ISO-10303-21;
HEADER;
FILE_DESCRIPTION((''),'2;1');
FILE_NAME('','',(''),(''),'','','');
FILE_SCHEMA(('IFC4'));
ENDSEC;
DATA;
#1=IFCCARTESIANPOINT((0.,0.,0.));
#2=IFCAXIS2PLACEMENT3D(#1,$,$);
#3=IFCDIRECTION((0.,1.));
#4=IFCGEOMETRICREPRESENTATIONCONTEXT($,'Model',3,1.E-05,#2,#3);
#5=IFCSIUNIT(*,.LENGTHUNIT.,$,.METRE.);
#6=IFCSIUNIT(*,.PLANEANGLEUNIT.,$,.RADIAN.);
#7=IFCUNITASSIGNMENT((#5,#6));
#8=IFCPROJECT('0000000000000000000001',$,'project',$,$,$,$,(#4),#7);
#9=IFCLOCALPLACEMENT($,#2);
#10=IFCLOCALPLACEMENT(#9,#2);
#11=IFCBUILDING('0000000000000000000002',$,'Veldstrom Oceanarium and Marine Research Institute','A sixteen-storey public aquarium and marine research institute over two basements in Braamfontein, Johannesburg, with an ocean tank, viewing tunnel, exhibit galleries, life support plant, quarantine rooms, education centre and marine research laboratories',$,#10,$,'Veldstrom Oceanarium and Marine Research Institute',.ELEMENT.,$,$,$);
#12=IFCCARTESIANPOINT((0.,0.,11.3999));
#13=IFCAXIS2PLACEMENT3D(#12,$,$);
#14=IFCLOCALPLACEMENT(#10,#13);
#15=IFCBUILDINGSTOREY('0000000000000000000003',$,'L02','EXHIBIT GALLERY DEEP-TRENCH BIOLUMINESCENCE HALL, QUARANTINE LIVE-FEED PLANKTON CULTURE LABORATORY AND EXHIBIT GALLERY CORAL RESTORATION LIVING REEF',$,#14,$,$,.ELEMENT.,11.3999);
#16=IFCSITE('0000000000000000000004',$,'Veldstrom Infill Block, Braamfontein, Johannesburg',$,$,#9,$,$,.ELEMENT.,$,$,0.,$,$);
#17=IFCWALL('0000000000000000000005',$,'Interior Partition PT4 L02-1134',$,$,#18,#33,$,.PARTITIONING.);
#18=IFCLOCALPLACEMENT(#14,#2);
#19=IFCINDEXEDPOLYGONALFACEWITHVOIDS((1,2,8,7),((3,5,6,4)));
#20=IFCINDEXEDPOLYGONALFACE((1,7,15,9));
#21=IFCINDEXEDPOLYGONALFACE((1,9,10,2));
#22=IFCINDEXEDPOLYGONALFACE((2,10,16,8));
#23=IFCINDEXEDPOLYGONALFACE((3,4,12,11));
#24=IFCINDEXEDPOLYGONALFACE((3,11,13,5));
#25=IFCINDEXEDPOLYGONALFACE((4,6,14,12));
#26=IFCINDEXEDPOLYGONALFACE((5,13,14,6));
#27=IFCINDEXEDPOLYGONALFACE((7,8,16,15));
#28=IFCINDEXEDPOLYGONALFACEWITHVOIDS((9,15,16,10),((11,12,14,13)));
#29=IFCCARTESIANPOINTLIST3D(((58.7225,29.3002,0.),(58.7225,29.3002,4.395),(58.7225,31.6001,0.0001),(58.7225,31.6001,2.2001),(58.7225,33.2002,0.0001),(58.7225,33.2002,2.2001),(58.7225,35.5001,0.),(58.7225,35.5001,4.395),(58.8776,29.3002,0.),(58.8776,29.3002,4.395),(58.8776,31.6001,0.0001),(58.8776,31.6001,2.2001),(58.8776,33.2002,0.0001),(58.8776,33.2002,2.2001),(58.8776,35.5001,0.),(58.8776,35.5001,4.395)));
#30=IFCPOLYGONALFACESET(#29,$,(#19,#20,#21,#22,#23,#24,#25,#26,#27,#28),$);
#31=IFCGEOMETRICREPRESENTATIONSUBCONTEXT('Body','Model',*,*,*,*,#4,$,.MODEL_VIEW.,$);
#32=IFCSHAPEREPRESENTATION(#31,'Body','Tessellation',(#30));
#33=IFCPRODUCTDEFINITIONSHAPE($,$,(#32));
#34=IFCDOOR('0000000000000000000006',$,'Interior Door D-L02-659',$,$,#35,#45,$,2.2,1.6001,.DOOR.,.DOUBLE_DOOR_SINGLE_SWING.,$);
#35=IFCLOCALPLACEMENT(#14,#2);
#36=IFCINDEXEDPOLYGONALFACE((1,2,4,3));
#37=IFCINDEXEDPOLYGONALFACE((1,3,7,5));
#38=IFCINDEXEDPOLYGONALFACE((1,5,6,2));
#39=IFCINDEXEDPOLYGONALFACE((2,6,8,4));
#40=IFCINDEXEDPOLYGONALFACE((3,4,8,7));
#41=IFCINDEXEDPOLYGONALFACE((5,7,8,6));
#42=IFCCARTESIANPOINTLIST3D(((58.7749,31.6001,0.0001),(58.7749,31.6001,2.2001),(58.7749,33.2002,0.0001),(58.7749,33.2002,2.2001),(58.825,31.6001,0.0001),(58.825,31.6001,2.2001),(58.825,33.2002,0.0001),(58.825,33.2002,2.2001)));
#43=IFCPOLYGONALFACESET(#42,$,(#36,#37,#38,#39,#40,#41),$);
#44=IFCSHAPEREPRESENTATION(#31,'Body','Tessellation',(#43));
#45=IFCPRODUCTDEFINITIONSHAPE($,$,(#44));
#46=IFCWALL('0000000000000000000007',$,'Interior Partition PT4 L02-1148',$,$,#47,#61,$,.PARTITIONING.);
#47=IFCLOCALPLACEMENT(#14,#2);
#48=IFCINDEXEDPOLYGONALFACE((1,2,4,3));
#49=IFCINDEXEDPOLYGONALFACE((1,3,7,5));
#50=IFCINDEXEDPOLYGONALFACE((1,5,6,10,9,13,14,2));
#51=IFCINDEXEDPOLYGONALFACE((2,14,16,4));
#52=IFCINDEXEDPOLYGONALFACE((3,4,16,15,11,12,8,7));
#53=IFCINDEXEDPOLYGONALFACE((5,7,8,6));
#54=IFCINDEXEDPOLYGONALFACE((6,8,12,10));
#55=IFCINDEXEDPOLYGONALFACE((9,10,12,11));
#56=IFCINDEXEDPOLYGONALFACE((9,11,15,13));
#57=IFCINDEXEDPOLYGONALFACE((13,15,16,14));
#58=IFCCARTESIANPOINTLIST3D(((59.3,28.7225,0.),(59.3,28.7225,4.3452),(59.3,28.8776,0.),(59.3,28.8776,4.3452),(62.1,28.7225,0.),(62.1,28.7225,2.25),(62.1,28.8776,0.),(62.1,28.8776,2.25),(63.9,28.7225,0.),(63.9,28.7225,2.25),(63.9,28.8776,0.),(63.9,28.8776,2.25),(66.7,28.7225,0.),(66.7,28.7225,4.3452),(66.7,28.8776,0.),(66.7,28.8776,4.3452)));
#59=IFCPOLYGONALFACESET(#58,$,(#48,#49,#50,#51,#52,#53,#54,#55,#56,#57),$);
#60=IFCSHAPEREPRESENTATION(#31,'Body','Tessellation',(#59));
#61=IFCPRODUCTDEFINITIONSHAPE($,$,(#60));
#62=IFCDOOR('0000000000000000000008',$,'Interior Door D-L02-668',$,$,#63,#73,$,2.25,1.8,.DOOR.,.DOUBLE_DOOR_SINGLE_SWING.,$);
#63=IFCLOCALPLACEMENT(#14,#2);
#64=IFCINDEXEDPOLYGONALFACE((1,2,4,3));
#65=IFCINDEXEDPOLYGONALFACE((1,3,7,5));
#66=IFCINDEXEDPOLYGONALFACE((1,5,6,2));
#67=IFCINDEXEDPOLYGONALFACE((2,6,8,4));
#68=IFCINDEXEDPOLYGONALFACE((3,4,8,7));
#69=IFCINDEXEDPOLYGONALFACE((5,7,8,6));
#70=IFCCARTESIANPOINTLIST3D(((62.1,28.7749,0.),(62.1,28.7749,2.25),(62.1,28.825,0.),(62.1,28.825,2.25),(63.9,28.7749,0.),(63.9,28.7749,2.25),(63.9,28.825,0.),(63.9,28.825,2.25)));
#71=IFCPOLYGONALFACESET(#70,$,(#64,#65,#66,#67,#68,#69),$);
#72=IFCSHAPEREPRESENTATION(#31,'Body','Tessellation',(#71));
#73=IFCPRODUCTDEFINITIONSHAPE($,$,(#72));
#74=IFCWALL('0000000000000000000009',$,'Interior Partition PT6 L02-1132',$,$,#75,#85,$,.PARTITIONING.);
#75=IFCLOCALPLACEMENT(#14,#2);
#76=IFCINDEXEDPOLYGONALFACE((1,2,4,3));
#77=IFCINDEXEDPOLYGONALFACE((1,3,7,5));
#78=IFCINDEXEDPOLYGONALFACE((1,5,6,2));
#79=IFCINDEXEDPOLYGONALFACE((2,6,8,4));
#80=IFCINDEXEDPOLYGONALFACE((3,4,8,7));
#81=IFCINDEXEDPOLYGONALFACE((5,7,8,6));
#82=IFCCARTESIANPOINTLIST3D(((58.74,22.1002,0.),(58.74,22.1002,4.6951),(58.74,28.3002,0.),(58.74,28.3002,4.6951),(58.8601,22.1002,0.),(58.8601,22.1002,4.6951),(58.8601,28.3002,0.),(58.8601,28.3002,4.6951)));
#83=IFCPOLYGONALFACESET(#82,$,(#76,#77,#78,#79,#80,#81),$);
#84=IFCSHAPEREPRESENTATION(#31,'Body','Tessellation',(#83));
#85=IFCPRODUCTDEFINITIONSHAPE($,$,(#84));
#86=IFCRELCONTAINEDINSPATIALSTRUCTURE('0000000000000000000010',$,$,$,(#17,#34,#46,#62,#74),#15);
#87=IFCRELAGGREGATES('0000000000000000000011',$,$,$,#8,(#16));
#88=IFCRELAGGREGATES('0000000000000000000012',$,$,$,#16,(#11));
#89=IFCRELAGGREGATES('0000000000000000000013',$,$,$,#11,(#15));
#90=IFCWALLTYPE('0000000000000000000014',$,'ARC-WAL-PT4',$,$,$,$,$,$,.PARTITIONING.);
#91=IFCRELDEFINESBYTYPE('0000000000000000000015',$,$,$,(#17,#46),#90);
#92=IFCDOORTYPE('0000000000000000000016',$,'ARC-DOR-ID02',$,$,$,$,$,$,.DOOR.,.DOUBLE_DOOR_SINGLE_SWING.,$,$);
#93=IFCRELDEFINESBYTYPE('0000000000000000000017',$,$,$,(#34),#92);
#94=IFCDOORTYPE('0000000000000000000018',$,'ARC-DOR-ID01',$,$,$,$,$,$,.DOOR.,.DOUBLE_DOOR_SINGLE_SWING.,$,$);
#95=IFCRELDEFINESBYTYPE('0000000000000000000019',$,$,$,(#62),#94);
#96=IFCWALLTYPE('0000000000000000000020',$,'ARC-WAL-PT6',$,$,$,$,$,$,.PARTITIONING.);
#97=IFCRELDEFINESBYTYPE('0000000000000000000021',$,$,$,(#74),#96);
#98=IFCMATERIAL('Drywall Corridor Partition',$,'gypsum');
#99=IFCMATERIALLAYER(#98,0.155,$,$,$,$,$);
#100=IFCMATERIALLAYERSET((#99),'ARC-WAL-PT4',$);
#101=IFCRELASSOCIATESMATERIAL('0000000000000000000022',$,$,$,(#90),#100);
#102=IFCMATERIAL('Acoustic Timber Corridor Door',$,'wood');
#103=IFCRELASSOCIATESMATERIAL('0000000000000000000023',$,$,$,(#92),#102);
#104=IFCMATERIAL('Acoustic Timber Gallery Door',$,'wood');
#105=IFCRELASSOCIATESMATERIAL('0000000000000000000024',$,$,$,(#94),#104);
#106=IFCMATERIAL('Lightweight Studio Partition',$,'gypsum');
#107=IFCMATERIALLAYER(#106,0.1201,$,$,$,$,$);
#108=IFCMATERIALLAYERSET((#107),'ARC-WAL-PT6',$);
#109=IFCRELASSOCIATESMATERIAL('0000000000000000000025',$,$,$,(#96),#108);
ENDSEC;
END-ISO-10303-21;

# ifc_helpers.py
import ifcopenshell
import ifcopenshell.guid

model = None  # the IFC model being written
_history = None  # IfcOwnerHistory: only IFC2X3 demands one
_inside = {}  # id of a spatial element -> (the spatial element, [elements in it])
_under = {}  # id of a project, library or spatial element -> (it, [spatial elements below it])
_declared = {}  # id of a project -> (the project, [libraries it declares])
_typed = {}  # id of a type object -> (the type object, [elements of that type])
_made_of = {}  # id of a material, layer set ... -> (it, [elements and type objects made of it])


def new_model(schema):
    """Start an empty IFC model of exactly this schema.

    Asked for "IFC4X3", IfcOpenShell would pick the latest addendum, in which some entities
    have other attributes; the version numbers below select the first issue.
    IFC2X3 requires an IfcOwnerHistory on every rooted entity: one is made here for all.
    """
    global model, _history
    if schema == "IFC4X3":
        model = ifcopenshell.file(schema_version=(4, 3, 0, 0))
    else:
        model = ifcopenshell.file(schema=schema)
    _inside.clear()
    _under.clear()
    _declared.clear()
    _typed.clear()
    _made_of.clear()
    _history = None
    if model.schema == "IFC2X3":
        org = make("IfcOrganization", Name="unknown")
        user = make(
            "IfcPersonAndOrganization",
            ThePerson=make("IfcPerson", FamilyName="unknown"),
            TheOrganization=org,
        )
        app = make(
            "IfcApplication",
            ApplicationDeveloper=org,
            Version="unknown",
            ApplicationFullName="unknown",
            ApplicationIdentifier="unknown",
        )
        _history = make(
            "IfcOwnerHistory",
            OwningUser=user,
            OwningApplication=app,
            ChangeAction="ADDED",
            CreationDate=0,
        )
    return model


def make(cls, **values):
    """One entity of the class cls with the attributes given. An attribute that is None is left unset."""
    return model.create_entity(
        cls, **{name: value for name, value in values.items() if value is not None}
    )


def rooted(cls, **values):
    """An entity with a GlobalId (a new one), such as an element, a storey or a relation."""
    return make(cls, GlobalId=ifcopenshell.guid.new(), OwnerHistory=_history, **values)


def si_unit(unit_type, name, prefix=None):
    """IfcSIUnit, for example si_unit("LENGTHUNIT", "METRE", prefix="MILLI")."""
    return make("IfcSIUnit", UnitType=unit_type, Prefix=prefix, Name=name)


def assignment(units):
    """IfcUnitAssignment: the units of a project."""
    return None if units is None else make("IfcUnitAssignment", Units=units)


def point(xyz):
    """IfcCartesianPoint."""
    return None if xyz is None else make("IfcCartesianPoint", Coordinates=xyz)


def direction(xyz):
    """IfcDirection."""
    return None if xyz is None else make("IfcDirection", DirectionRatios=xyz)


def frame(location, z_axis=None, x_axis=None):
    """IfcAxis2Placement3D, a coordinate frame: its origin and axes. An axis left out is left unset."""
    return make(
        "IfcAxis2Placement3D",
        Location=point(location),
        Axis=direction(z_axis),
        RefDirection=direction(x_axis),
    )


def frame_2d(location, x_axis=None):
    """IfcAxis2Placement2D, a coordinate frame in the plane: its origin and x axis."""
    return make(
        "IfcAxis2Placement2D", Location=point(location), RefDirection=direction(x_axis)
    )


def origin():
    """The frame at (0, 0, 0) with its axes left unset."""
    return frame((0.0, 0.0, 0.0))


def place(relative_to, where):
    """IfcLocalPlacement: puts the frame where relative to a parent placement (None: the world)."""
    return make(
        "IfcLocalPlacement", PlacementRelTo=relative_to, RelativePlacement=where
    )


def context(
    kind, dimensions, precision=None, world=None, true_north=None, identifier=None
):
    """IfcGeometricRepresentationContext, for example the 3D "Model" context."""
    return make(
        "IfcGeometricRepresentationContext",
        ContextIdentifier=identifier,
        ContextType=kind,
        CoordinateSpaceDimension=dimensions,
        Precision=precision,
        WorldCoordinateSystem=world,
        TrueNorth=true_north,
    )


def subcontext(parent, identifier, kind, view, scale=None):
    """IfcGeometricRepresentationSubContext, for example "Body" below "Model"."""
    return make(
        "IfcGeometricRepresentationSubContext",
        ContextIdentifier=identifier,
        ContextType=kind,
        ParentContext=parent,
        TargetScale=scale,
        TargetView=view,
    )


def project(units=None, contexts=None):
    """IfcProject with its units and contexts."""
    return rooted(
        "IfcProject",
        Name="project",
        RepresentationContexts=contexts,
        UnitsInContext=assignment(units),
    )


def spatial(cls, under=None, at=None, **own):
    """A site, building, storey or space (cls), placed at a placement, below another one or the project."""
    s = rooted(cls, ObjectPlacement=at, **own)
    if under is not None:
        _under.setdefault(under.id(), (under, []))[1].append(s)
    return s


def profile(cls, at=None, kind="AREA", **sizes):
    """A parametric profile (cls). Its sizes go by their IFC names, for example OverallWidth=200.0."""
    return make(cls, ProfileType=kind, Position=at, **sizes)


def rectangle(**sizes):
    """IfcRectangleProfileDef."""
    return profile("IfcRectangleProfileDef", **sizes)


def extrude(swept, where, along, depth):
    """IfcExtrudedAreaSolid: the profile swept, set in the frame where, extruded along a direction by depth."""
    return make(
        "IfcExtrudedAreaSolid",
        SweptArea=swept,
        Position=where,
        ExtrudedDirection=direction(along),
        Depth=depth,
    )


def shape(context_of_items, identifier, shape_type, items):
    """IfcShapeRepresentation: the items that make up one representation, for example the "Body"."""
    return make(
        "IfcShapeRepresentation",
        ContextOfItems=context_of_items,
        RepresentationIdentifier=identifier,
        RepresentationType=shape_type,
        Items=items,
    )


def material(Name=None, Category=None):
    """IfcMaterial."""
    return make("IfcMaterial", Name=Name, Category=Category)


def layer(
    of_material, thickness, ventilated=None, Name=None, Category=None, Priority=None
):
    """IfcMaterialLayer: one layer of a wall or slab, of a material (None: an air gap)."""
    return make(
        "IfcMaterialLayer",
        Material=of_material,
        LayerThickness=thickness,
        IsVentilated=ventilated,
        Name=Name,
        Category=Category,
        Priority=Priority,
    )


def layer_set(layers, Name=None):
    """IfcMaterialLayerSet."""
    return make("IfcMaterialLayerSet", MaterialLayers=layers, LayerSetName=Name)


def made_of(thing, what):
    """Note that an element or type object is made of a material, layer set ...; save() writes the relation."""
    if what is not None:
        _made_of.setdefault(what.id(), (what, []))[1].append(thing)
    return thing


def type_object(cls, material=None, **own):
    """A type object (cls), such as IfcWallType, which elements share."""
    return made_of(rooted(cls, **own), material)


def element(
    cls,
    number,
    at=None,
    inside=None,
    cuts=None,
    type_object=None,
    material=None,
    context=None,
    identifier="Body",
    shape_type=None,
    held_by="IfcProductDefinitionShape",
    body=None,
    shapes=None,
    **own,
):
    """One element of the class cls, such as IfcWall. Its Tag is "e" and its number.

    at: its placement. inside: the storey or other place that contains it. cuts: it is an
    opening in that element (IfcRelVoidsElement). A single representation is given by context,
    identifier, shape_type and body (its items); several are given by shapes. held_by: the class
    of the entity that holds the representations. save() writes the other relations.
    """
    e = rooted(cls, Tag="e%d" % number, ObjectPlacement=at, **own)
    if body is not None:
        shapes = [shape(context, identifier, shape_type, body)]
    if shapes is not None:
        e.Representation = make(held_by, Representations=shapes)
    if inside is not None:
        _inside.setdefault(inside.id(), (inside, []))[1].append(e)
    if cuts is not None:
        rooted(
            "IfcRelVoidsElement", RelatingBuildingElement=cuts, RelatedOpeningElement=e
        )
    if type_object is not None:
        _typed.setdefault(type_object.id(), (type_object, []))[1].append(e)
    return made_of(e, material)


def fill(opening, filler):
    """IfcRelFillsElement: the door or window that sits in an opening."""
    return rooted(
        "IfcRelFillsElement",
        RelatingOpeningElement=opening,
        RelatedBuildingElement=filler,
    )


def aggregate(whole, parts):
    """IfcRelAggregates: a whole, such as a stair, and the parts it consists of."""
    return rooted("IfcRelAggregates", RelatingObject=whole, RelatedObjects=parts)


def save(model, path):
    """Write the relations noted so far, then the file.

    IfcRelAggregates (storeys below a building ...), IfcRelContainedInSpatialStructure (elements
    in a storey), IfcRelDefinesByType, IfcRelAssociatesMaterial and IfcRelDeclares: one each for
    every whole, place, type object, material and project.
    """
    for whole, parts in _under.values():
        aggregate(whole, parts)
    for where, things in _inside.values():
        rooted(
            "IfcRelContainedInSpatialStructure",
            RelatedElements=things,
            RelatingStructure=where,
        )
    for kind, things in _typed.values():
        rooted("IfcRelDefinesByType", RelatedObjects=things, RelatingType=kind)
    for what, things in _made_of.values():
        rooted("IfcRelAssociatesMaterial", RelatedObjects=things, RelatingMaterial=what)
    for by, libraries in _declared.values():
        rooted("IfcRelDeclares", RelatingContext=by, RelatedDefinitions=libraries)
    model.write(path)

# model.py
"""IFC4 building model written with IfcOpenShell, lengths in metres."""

from ifc_helpers import new_model, si_unit, direction, frame, frame_2d, origin, place, context, subcontext, project, spatial, rectangle, extrude, material, layer, layer_set, type_object, element, fill, save


model = new_model("IFC4")

# Units and contexts
model_context = context("Model", 3, precision=1e-05, world=origin(), true_north=direction((0.0, 1.0)))
body_context = subcontext(model_context, "Body", "Model", "MODEL_VIEW")
ifc_project = project(units=[si_unit("LENGTHUNIT", "METRE"), si_unit("PLANEANGLEUNIT", "RADIAN")], contexts=[model_context])

# Site, building, storey
site_placement = place(None, origin())
site = spatial("IfcSite", under=ifc_project, at=site_placement, Name="Veldstrom Infill Block, Braamfontein, Johannesburg", CompositionType="ELEMENT", RefElevation=0.0)
building_placement = place(site_placement, origin())
building = spatial("IfcBuilding", under=site, at=building_placement, Name="Veldstrom Oceanarium and Marine Research Institute", Description="A sixteen-storey public aquarium and marine research institute over two basements in Braamfontein, Johannesburg, with an ocean tank, viewing tunnel, exhibit galleries, life support plant, quarantine rooms, education centre and marine research laboratories", LongName="Veldstrom Oceanarium and Marine Research Institute", CompositionType="ELEMENT")
storey_placement = place(building_placement, frame((0.0, 0.0, 11.3999)))
storey = spatial("IfcBuildingStorey", under=building, at=storey_placement, Name="L02", Description="EXHIBIT GALLERY DEEP-TRENCH BIOLUMINESCENCE HALL, QUARANTINE LIVE-FEED PLANKTON CULTURE LABORATORY AND EXHIBIT GALLERY CORAL RESTORATION LIVING REEF", CompositionType="ELEMENT", Elevation=11.3999)

# Walls, openings, doors
ifc_material_1 = material(Name="Drywall Corridor Partition", Category="gypsum")
ifc_layer_1 = layer(ifc_material_1, 0.155)
ifc_layer_set_1 = layer_set([ifc_layer_1], Name="ARC-WAL-PT4")
wall_type_1 = type_object("IfcWallType", Name="ARC-WAL-PT4", PredefinedType="PARTITIONING", material=ifc_layer_set_1)
wall_1_placement = place(storey_placement, frame((58.8, 29.3, 0.0), z_axis=(0.0, 0.0, 1.0), x_axis=(0.0, 1.0, 0.0)))
wall_1 = element("IfcWall", 1, at=wall_1_placement, inside=storey, type_object=wall_type_1, Name="Interior Partition PT4 L02-1134", PredefinedType="PARTITIONING", context=body_context, shape_type="SweptSolid", body=[
    extrude(rectangle(XDim=6.2, YDim=0.155, at=frame_2d((3.1001, 0.0))), origin(), (0.0, 0.0, 1.0), 4.395),
])
opening_1_placement = place(wall_1_placement, frame((2.3, 0.0, 0.0)))
opening_1 = element("IfcOpeningElement", 2, at=opening_1_placement, cuts=wall_1, PredefinedType="OPENING", context=body_context, shape_type="SweptSolid", body=[
    extrude(rectangle(XDim=1.6001, YDim=2.2, at=frame_2d((0.8, 1.1001))), frame((0.0, 0.0874, 0.0), z_axis=(0.0, -1.0, 0.0), x_axis=(1.0, 0.0, 0.0)), (0.0, 0.0, 1.0), 0.175),
])
ifc_material_2 = material(Name="Acoustic Timber Corridor Door", Category="wood")
door_type_1 = type_object("IfcDoorType", Name="ARC-DOR-ID02", OperationType="DOUBLE_DOOR_SINGLE_SWING", PredefinedType="DOOR", material=ifc_material_2)
door_1_placement = place(opening_1_placement, frame((1.6001, 0.0, 0.0), z_axis=(0.0, 0.0, 1.0), x_axis=(-1.0, 0.0, 0.0)))
door_1 = element("IfcDoor", 3, at=door_1_placement, inside=storey, type_object=door_type_1, Name="Interior Door D-L02-659", OperationType="DOUBLE_DOOR_SINGLE_SWING", OverallHeight=2.2, OverallWidth=1.6001, PredefinedType="DOOR", context=body_context, shape_type="SweptSolid", body=[
    extrude(rectangle(XDim=1.6001, YDim=2.2, at=frame_2d((0.8, 1.1001))), frame((0.0, 0.0249, 0.0), z_axis=(0.0, -1.0, 0.0), x_axis=(1.0, 0.0, 0.0)), (0.0, 0.0, 1.0), 0.05),
])
fill(opening_1, door_1)
wall_2_placement = place(storey_placement, frame((59.3, 28.8, 0.0), z_axis=(0.0, 0.0, 1.0), x_axis=(1.0, 0.0, 0.0)))
wall_2 = element("IfcWall", 4, at=wall_2_placement, inside=storey, type_object=wall_type_1, Name="Interior Partition PT4 L02-1148", PredefinedType="PARTITIONING", context=body_context, shape_type="SweptSolid", body=[
    extrude(rectangle(XDim=7.3999, YDim=0.155, at=frame_2d((3.7, 0.0))), origin(), (0.0, 0.0, 1.0), 4.3452),
])
opening_2_placement = place(wall_2_placement, frame((2.8, 0.0, 0.0)))
opening_2 = element("IfcOpeningElement", 5, at=opening_2_placement, cuts=wall_2, PredefinedType="OPENING", context=body_context, shape_type="SweptSolid", body=[
    extrude(rectangle(XDim=1.8, YDim=2.25, at=frame_2d((0.8999, 1.125))), frame((0.0, 0.0874, 0.0), z_axis=(0.0, -1.0, 0.0), x_axis=(1.0, 0.0, 0.0)), (0.0, 0.0, 1.0), 0.175),
])
ifc_material_3 = material(Name="Acoustic Timber Gallery Door", Category="wood")
door_type_2 = type_object("IfcDoorType", Name="ARC-DOR-ID01", OperationType="DOUBLE_DOOR_SINGLE_SWING", PredefinedType="DOOR", material=ifc_material_3)
door_2_placement = place(opening_2_placement, origin())
door_2 = element("IfcDoor", 6, at=door_2_placement, inside=storey, type_object=door_type_2, Name="Interior Door D-L02-668", OperationType="DOUBLE_DOOR_SINGLE_SWING", OverallHeight=2.25, OverallWidth=1.8, PredefinedType="DOOR", context=body_context, shape_type="SweptSolid", body=[
    extrude(rectangle(XDim=1.8, YDim=2.25, at=frame_2d((0.8999, 1.125))), frame((0.0, 0.0249, 0.0), z_axis=(0.0, -1.0, 0.0), x_axis=(1.0, 0.0, 0.0)), (0.0, 0.0, 1.0), 0.05),
])
fill(opening_2, door_2)

# Wall
ifc_material_4 = material(Name="Lightweight Studio Partition", Category="gypsum")
ifc_layer_2 = layer(ifc_material_4, 0.1201)
ifc_layer_set_2 = layer_set([ifc_layer_2], Name="ARC-WAL-PT6")
wall_type_2 = type_object("IfcWallType", Name="ARC-WAL-PT6", PredefinedType="PARTITIONING", material=ifc_layer_set_2)
wall_3_placement = place(storey_placement, frame((58.8, 22.1001, 0.0), z_axis=(0.0, 0.0, 1.0), x_axis=(0.0, 1.0, 0.0)))
element("IfcWall", 7, at=wall_3_placement, inside=storey, type_object=wall_type_2, Name="Interior Partition PT6 L02-1132", PredefinedType="PARTITIONING", context=body_context, shape_type="SweptSolid", body=[
    extrude(rectangle(XDim=6.2, YDim=0.1201, at=frame_2d((3.1001, 0.0))), origin(), (0.0, 0.0, 1.0), 4.6951),
])

save(model, "model.ifc")
